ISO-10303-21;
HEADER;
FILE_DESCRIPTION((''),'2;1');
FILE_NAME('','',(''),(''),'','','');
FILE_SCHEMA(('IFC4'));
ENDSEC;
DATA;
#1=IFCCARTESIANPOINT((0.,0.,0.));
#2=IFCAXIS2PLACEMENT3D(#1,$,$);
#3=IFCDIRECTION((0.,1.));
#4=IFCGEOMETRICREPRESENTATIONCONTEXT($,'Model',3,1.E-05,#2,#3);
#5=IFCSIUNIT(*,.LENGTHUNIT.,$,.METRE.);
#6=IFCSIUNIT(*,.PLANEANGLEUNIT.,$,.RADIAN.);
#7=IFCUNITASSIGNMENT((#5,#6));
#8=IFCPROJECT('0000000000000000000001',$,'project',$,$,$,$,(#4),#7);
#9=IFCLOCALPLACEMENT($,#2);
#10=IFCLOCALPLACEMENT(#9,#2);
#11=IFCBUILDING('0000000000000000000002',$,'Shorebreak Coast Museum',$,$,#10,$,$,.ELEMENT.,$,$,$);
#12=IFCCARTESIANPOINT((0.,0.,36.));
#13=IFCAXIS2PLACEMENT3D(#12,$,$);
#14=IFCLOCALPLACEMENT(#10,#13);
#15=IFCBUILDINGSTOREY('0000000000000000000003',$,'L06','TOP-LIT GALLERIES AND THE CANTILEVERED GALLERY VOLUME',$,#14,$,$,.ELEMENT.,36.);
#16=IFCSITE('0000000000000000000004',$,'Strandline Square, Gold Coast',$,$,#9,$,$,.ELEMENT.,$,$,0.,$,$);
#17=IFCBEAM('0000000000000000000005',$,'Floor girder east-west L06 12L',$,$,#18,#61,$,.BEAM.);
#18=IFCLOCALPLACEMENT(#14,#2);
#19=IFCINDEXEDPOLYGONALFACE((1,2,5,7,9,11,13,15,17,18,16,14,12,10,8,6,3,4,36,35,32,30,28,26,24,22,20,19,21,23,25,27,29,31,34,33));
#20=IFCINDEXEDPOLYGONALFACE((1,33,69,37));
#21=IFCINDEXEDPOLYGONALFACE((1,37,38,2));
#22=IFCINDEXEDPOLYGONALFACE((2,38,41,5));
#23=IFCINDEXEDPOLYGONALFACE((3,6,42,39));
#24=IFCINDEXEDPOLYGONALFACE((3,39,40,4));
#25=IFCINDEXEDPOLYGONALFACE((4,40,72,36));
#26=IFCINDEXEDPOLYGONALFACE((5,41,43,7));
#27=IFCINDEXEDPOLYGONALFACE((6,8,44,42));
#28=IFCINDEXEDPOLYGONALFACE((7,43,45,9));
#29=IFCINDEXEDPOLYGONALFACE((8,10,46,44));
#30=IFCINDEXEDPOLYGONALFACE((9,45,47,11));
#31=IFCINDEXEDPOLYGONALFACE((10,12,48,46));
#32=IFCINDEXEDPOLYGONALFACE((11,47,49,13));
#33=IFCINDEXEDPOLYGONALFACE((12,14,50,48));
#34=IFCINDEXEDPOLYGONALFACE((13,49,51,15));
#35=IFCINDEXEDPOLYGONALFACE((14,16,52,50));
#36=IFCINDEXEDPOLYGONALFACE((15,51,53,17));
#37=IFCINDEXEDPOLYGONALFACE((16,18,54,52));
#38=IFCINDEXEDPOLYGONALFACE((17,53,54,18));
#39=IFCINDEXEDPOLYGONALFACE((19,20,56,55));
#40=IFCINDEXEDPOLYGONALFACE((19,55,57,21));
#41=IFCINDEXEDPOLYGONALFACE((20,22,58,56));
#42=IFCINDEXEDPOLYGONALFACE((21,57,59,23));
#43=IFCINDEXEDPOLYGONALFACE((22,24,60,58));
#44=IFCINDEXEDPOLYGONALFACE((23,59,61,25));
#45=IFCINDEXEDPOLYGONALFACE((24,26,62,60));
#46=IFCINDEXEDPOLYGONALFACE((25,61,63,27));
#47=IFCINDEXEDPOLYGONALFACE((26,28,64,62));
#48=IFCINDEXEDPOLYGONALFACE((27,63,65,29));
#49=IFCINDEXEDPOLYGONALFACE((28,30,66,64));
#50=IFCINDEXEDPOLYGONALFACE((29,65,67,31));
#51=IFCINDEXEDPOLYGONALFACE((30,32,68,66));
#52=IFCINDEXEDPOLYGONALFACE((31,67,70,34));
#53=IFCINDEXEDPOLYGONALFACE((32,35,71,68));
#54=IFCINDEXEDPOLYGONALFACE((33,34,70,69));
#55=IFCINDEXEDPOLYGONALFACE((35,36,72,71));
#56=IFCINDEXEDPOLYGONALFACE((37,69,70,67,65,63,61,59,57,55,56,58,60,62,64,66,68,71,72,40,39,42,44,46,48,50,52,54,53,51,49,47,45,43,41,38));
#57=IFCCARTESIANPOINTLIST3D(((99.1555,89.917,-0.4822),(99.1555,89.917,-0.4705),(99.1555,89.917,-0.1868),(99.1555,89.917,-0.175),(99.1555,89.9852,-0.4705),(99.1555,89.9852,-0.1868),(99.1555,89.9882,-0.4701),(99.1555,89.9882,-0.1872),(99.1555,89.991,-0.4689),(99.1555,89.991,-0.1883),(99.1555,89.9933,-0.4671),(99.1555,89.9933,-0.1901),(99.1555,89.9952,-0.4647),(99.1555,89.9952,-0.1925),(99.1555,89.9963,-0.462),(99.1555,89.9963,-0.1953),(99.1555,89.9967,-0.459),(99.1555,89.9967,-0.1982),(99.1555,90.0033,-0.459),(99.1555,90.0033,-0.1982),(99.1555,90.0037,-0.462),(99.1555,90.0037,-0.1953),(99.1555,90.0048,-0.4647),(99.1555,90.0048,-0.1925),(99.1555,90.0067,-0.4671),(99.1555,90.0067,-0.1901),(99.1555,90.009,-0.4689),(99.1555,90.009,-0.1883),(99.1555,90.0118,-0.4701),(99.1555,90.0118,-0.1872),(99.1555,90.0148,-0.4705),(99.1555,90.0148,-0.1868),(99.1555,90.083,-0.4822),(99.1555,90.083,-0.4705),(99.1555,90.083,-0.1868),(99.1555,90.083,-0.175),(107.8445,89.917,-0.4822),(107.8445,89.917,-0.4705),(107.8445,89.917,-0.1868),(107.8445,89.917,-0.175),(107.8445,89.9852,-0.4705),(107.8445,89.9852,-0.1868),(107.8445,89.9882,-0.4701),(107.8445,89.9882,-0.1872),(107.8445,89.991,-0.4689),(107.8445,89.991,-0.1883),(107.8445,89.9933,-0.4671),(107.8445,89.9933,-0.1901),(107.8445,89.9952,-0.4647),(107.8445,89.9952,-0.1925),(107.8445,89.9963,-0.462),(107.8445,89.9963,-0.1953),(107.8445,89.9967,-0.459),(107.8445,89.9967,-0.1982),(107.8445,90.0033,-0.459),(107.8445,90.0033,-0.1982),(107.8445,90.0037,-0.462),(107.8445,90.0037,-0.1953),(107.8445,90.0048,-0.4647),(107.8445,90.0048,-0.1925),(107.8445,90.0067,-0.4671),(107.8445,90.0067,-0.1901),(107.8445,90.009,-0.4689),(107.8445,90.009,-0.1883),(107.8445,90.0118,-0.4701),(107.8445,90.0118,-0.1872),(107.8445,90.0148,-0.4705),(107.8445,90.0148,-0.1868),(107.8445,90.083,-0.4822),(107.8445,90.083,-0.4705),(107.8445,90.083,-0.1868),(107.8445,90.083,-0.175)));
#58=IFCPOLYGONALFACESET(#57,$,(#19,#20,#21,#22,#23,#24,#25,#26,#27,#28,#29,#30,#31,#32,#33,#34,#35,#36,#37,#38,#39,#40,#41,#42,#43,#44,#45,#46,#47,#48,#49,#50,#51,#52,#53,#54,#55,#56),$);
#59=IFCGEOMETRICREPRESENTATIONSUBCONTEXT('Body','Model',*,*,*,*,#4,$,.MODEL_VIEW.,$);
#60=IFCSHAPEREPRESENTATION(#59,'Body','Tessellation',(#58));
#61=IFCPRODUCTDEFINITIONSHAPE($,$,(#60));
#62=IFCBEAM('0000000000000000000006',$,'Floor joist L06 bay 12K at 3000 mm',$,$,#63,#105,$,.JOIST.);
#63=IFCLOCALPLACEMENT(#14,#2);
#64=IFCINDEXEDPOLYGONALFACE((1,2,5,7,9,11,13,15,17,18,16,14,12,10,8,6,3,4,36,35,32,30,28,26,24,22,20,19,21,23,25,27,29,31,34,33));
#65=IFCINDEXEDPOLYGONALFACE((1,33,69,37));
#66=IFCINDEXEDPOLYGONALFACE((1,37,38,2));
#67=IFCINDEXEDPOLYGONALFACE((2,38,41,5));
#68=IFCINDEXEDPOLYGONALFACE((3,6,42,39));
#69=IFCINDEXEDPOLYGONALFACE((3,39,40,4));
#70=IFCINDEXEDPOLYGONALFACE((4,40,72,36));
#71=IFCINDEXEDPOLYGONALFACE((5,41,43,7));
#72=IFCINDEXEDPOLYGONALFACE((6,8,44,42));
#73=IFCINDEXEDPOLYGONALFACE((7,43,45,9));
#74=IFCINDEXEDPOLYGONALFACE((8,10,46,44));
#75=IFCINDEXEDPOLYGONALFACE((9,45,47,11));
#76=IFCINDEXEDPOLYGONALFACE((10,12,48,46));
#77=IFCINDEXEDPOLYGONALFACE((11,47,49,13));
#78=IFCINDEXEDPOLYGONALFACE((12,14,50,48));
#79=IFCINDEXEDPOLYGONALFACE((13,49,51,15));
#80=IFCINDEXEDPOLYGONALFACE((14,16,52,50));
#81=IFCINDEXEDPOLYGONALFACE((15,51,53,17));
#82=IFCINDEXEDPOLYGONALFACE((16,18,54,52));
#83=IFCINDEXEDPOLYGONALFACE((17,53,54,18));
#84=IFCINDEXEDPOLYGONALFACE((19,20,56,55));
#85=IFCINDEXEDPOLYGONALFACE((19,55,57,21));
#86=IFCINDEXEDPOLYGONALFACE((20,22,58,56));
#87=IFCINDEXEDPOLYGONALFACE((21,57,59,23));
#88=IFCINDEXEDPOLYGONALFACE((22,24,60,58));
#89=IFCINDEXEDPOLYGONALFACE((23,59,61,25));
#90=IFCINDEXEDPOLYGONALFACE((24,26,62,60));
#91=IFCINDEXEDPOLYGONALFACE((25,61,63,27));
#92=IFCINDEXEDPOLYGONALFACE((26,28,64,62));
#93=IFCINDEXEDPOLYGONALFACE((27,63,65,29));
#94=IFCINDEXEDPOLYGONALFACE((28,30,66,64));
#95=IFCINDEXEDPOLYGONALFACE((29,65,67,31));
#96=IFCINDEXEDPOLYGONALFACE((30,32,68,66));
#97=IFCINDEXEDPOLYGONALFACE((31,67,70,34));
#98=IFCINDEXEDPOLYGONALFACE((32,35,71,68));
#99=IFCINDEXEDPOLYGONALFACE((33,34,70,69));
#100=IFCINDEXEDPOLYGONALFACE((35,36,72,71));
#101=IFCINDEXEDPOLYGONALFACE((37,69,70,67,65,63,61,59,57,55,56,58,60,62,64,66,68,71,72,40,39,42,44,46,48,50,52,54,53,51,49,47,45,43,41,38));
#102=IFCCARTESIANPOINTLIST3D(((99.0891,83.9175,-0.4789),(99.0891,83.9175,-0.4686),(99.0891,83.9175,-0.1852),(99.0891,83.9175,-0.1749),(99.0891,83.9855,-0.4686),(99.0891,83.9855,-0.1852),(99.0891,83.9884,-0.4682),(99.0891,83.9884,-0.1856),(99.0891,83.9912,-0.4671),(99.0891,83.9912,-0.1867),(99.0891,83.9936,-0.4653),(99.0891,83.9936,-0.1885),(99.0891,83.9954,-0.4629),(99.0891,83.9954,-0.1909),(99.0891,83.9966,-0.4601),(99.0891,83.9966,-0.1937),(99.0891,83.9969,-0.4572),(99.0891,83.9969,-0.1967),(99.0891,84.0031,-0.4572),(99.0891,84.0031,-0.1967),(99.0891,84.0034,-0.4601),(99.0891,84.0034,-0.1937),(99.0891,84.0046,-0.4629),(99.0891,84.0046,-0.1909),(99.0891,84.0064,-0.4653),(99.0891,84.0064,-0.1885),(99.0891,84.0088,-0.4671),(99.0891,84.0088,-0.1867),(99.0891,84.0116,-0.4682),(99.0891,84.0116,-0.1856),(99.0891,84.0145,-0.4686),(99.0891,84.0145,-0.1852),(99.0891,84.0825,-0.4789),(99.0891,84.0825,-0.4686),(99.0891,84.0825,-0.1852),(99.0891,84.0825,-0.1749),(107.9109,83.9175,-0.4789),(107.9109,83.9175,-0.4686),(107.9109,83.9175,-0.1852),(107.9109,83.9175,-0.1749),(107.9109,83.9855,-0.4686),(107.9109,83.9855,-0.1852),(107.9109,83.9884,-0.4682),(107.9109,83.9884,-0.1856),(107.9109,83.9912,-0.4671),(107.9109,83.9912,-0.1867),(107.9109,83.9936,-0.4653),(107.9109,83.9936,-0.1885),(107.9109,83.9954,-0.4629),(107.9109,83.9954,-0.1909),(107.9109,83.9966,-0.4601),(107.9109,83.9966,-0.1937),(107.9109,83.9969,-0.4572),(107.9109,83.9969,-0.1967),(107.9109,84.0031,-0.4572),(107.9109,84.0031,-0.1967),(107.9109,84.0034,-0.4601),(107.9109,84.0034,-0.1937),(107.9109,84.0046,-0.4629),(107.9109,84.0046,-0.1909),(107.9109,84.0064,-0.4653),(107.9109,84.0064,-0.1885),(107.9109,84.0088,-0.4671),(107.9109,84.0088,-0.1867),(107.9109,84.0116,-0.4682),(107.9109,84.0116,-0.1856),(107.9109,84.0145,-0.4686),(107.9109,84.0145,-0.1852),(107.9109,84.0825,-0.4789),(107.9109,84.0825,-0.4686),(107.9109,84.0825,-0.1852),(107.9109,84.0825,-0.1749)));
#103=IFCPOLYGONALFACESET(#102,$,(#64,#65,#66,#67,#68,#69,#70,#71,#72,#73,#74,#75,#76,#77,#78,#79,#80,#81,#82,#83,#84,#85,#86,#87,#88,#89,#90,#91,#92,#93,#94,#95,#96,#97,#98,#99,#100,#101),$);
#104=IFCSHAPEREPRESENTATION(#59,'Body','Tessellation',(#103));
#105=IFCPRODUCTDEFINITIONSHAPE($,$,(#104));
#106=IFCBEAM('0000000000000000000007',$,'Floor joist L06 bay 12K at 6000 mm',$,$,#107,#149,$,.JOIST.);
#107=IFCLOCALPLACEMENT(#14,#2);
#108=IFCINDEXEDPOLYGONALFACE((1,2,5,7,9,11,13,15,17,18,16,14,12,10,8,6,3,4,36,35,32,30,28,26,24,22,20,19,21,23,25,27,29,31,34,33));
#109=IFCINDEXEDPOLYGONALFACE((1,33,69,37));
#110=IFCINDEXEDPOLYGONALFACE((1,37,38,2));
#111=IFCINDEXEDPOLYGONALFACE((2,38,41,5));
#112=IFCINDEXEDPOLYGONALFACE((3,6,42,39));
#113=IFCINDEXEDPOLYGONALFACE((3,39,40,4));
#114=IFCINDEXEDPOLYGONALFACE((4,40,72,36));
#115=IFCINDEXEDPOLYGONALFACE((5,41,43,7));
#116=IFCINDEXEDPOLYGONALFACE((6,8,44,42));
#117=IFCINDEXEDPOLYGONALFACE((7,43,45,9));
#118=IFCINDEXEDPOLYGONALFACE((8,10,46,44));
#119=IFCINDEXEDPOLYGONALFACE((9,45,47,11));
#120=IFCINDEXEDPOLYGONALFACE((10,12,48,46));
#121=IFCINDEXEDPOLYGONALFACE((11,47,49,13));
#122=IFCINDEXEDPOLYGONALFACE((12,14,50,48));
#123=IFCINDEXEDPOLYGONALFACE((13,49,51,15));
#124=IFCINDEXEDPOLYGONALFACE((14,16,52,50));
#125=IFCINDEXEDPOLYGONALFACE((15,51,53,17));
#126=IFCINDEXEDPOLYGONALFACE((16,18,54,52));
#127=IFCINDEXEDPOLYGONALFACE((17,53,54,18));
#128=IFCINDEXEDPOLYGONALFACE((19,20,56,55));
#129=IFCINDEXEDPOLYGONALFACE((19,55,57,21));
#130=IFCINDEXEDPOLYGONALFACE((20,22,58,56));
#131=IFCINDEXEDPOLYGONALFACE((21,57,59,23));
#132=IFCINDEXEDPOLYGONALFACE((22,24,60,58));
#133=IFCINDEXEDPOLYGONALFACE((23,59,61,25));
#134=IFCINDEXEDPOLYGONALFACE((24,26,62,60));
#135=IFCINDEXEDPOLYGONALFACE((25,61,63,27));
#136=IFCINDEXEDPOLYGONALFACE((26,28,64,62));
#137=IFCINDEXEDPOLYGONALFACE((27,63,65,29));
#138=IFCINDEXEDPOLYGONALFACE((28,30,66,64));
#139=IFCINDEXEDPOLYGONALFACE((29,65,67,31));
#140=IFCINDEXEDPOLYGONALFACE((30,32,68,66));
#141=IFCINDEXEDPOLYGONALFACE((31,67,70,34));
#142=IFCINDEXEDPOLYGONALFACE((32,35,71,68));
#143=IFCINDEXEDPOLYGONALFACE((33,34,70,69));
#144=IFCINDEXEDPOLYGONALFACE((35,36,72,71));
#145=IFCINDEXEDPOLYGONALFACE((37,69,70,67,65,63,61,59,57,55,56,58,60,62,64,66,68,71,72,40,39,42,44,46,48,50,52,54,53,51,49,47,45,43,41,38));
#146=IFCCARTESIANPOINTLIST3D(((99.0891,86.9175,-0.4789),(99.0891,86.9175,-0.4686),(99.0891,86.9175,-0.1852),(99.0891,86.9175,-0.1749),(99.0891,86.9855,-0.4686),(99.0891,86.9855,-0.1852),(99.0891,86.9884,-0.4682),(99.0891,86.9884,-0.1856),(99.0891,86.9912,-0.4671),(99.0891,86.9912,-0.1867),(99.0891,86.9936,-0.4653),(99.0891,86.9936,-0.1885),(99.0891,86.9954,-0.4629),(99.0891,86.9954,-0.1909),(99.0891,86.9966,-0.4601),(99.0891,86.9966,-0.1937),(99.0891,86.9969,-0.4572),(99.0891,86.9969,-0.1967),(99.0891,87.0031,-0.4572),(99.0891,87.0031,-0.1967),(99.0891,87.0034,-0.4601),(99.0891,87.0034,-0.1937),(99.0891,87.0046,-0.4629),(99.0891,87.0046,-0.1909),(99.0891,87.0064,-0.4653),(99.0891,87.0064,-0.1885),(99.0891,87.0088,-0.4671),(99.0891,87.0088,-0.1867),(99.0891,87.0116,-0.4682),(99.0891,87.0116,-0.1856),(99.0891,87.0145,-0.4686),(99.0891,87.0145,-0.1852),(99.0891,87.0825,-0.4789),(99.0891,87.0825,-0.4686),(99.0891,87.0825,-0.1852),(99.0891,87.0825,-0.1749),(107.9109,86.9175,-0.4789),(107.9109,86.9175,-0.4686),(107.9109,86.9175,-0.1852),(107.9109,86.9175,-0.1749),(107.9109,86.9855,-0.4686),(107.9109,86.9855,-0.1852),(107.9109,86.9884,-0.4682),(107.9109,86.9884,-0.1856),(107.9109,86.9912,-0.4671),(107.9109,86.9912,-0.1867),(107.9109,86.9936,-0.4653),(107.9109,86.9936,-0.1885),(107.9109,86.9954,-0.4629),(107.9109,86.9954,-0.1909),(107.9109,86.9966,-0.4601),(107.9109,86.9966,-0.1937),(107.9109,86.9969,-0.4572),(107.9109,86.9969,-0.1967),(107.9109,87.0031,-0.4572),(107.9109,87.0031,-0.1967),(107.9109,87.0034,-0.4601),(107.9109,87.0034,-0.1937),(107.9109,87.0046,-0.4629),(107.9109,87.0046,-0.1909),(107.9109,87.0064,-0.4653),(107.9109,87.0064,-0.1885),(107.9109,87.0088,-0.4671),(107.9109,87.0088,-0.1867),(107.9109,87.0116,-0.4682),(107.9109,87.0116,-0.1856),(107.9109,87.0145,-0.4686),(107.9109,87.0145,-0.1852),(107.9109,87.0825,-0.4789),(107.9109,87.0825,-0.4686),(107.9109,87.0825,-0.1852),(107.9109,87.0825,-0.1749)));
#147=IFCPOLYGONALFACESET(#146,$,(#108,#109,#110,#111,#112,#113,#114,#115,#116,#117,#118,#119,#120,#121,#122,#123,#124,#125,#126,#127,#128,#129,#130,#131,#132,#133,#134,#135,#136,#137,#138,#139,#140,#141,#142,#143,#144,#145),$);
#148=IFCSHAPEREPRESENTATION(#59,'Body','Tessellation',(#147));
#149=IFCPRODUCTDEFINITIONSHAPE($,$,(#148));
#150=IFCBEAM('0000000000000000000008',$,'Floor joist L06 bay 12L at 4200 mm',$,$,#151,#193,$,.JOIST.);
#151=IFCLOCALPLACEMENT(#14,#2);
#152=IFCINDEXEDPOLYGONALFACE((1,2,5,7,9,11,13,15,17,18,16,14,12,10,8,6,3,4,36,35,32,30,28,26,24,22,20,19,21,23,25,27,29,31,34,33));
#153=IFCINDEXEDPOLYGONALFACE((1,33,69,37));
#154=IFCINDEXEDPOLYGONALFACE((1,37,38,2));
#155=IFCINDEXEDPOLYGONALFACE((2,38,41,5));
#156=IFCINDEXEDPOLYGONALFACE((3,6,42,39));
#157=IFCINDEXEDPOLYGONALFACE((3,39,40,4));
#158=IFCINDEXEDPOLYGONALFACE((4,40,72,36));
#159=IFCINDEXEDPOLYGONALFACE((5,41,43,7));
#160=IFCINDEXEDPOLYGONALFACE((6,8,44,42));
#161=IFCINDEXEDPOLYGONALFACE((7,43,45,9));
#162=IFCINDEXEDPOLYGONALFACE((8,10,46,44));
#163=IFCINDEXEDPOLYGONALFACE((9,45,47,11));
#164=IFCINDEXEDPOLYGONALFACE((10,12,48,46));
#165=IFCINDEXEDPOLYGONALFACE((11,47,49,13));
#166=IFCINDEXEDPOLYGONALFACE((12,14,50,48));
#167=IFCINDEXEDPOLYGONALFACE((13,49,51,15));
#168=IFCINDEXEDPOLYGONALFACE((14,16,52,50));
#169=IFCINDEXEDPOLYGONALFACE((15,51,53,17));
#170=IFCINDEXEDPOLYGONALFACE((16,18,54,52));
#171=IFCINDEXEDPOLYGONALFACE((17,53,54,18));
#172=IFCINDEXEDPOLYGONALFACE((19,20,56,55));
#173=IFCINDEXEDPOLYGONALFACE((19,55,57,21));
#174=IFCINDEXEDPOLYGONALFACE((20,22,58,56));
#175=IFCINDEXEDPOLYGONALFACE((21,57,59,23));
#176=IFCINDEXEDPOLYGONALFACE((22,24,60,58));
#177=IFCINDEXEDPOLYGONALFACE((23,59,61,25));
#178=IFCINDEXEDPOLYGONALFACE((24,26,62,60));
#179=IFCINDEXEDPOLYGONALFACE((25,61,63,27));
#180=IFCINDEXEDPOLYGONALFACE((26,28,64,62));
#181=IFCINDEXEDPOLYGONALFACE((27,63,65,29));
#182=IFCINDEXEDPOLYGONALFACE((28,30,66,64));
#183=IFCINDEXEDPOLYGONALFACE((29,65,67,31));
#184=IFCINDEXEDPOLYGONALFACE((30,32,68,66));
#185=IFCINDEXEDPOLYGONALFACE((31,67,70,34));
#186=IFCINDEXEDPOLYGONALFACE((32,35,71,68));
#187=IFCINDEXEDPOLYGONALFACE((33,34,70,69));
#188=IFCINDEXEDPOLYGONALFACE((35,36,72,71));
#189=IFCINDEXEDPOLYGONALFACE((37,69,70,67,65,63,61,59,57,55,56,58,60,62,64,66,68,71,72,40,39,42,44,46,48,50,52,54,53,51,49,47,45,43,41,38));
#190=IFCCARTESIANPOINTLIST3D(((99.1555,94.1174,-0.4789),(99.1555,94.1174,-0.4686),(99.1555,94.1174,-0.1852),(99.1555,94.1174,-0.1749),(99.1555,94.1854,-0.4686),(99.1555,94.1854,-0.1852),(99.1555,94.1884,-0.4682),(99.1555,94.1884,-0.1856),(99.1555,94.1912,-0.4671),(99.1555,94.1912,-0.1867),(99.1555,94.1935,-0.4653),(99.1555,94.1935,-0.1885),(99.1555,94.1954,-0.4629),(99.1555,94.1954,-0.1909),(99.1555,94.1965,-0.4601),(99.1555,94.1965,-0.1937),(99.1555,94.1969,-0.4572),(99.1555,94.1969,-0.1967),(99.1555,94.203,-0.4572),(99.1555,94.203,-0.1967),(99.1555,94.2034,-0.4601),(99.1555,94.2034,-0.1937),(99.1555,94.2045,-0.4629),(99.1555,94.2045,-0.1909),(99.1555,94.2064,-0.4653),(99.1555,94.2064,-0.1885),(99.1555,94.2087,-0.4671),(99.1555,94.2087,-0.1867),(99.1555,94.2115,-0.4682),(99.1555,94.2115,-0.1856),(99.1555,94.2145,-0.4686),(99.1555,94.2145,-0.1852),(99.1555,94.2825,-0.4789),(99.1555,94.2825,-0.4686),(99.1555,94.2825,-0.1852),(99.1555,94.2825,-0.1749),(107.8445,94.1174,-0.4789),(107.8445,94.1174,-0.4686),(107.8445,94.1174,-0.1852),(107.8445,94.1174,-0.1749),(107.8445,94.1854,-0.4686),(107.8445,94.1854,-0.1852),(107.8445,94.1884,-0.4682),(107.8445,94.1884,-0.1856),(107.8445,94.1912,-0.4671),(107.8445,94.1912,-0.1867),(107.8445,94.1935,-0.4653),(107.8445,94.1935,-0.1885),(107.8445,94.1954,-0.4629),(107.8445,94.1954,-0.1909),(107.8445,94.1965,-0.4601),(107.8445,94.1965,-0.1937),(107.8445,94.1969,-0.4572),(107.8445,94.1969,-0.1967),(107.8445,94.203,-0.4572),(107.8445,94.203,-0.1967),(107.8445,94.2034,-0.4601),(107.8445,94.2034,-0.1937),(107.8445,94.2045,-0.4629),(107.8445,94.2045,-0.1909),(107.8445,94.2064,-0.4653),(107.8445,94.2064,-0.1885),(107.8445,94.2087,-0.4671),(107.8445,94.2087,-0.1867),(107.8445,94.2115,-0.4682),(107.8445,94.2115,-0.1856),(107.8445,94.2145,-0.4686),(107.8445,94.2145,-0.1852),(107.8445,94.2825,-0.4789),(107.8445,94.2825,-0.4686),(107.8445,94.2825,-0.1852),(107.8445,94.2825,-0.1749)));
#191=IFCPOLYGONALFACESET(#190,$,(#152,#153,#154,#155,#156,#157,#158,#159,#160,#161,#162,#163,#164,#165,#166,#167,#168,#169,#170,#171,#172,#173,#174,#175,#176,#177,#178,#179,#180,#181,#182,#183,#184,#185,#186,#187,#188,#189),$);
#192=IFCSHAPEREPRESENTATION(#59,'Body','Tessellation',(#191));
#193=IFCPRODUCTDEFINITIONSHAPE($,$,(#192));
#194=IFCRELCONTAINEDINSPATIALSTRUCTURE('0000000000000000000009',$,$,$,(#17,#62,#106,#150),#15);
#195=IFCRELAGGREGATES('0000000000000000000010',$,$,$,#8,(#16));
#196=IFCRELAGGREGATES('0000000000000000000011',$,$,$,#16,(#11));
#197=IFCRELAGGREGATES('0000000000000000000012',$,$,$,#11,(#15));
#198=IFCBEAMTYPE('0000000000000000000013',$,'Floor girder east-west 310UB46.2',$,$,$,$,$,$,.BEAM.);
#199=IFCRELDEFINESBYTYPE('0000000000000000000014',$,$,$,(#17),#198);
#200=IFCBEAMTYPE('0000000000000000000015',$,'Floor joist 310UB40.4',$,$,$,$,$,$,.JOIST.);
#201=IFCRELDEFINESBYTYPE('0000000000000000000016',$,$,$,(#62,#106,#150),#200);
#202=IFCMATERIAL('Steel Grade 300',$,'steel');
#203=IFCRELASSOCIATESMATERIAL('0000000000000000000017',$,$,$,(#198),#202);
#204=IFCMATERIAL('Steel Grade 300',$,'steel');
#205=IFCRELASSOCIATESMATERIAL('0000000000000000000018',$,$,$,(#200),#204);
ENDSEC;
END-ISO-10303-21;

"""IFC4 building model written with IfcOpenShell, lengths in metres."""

from ifc_helpers import new_model, si_unit, direction, frame, origin, origin_2d, place, context, subcontext, project, spatial, i_section, extrude, material, material_profile, profile_set, type_object, element, save


model = new_model("IFC4")

# Units and contexts
model_context = context("Model", 3, precision=1e-05, world=origin(), true_north=direction((0.0, 1.0)))
body_context = subcontext(model_context, "Body", "Model", "MODEL_VIEW")
ifc_project = project(units=[si_unit("LENGTHUNIT", "METRE"), si_unit("PLANEANGLEUNIT", "RADIAN")], contexts=[model_context])

# Site, building, storey
site_placement = place(None, origin())
site = spatial("IfcSite", under=ifc_project, at=site_placement, Name="Strandline Square, Gold Coast", CompositionType="ELEMENT", RefElevation=0.0)
building_placement = place(site_placement, origin())
building = spatial("IfcBuilding", under=site, at=building_placement, Name="Shorebreak Coast Museum", CompositionType="ELEMENT")
storey_placement = place(building_placement, frame((0.0, 0.0, 36.0)))
storey = spatial("IfcBuildingStorey", under=building, at=storey_placement, Name="L06", Description="TOP-LIT GALLERIES AND THE CANTILEVERED GALLERY VOLUME", CompositionType="ELEMENT", Elevation=36.0)

# Beams
ifc_material_1 = material(Name="Steel Grade 300", Category="steel")
ifc_material_profile_1 = material_profile(ifc_material_1, i_section(OverallWidth=0.166, OverallDepth=0.3071, WebThickness=0.0066, FlangeThickness=0.0117, FilletRadius=0.0115, at=origin_2d()), Name="310UB46.2")
ifc_profile_set_1 = profile_set([ifc_material_profile_1], Name="Steel Grade 300")
beam_type_1 = type_object("IfcBeamType", Name="Floor girder east-west 310UB46.2", PredefinedType="BEAM", material=ifc_profile_set_1)
beam_1_placement = place(storey_placement, frame((99.1555, 90.0, -0.3286), z_axis=(1.0, 0.0, 0.0), x_axis=(0.0, 1.0, 0.0)))
element("IfcBeam", 1, at=beam_1_placement, inside=storey, type_object=beam_type_1, Name="Floor girder east-west L06 12L", PredefinedType="BEAM", context=body_context, shape_type="SweptSolid", body=[
    extrude(i_section(OverallWidth=0.166, OverallDepth=0.3071, WebThickness=0.0066, FlangeThickness=0.0117, FilletRadius=0.0115, at=origin_2d()), origin(), (0.0, 0.0, 1.0), 8.689),
])
ifc_material_2 = material(Name="Steel Grade 300", Category="steel")
ifc_material_profile_2 = material_profile(ifc_material_2, i_section(OverallWidth=0.165, OverallDepth=0.304, WebThickness=0.0061, FlangeThickness=0.0103, FilletRadius=0.0115, at=origin_2d()), Name="310UB40.4")
ifc_profile_set_2 = profile_set([ifc_material_profile_2], Name="Steel Grade 300")
beam_type_2 = type_object("IfcBeamType", Name="Floor joist 310UB40.4", PredefinedType="JOIST", material=ifc_profile_set_2)
for number, where, z_axis, x_axis, name in (
    (2, (99.0891, 84.0, -0.3269), (1.0, 0.0, 0.0), (0.0, 1.0, 0.0), "Floor joist L06 bay 12K at 3000 mm"),
    (3, (99.0891, 87.0, -0.3269), (1.0, 0.0, 0.0), (0.0, 1.0, 0.0), "Floor joist L06 bay 12K at 6000 mm"),
):
    element("IfcBeam", number, at=place(storey_placement, frame(where, z_axis=z_axis, x_axis=x_axis)), inside=storey, type_object=beam_type_2, Name=name, PredefinedType="JOIST", context=body_context, shape_type="SweptSolid", body=[
        extrude(i_section(OverallWidth=0.165, OverallDepth=0.304, WebThickness=0.0061, FlangeThickness=0.0103, FilletRadius=0.0115, at=origin_2d()), origin(), (0.0, 0.0, 1.0), 8.8218),
    ])
beam_2_placement = place(storey_placement, frame((99.1555, 94.2, -0.3269), z_axis=(1.0, 0.0, 0.0), x_axis=(0.0, 1.0, 0.0)))
element("IfcBeam", 4, at=beam_2_placement, inside=storey, type_object=beam_type_2, Name="Floor joist L06 bay 12L at 4200 mm", PredefinedType="JOIST", context=body_context, shape_type="SweptSolid", body=[
    extrude(i_section(OverallWidth=0.165, OverallDepth=0.304, WebThickness=0.0061, FlangeThickness=0.0103, FilletRadius=0.0115, at=origin_2d()), origin(), (0.0, 0.0, 1.0), 8.689),
])

save(model, "model.ifc")
